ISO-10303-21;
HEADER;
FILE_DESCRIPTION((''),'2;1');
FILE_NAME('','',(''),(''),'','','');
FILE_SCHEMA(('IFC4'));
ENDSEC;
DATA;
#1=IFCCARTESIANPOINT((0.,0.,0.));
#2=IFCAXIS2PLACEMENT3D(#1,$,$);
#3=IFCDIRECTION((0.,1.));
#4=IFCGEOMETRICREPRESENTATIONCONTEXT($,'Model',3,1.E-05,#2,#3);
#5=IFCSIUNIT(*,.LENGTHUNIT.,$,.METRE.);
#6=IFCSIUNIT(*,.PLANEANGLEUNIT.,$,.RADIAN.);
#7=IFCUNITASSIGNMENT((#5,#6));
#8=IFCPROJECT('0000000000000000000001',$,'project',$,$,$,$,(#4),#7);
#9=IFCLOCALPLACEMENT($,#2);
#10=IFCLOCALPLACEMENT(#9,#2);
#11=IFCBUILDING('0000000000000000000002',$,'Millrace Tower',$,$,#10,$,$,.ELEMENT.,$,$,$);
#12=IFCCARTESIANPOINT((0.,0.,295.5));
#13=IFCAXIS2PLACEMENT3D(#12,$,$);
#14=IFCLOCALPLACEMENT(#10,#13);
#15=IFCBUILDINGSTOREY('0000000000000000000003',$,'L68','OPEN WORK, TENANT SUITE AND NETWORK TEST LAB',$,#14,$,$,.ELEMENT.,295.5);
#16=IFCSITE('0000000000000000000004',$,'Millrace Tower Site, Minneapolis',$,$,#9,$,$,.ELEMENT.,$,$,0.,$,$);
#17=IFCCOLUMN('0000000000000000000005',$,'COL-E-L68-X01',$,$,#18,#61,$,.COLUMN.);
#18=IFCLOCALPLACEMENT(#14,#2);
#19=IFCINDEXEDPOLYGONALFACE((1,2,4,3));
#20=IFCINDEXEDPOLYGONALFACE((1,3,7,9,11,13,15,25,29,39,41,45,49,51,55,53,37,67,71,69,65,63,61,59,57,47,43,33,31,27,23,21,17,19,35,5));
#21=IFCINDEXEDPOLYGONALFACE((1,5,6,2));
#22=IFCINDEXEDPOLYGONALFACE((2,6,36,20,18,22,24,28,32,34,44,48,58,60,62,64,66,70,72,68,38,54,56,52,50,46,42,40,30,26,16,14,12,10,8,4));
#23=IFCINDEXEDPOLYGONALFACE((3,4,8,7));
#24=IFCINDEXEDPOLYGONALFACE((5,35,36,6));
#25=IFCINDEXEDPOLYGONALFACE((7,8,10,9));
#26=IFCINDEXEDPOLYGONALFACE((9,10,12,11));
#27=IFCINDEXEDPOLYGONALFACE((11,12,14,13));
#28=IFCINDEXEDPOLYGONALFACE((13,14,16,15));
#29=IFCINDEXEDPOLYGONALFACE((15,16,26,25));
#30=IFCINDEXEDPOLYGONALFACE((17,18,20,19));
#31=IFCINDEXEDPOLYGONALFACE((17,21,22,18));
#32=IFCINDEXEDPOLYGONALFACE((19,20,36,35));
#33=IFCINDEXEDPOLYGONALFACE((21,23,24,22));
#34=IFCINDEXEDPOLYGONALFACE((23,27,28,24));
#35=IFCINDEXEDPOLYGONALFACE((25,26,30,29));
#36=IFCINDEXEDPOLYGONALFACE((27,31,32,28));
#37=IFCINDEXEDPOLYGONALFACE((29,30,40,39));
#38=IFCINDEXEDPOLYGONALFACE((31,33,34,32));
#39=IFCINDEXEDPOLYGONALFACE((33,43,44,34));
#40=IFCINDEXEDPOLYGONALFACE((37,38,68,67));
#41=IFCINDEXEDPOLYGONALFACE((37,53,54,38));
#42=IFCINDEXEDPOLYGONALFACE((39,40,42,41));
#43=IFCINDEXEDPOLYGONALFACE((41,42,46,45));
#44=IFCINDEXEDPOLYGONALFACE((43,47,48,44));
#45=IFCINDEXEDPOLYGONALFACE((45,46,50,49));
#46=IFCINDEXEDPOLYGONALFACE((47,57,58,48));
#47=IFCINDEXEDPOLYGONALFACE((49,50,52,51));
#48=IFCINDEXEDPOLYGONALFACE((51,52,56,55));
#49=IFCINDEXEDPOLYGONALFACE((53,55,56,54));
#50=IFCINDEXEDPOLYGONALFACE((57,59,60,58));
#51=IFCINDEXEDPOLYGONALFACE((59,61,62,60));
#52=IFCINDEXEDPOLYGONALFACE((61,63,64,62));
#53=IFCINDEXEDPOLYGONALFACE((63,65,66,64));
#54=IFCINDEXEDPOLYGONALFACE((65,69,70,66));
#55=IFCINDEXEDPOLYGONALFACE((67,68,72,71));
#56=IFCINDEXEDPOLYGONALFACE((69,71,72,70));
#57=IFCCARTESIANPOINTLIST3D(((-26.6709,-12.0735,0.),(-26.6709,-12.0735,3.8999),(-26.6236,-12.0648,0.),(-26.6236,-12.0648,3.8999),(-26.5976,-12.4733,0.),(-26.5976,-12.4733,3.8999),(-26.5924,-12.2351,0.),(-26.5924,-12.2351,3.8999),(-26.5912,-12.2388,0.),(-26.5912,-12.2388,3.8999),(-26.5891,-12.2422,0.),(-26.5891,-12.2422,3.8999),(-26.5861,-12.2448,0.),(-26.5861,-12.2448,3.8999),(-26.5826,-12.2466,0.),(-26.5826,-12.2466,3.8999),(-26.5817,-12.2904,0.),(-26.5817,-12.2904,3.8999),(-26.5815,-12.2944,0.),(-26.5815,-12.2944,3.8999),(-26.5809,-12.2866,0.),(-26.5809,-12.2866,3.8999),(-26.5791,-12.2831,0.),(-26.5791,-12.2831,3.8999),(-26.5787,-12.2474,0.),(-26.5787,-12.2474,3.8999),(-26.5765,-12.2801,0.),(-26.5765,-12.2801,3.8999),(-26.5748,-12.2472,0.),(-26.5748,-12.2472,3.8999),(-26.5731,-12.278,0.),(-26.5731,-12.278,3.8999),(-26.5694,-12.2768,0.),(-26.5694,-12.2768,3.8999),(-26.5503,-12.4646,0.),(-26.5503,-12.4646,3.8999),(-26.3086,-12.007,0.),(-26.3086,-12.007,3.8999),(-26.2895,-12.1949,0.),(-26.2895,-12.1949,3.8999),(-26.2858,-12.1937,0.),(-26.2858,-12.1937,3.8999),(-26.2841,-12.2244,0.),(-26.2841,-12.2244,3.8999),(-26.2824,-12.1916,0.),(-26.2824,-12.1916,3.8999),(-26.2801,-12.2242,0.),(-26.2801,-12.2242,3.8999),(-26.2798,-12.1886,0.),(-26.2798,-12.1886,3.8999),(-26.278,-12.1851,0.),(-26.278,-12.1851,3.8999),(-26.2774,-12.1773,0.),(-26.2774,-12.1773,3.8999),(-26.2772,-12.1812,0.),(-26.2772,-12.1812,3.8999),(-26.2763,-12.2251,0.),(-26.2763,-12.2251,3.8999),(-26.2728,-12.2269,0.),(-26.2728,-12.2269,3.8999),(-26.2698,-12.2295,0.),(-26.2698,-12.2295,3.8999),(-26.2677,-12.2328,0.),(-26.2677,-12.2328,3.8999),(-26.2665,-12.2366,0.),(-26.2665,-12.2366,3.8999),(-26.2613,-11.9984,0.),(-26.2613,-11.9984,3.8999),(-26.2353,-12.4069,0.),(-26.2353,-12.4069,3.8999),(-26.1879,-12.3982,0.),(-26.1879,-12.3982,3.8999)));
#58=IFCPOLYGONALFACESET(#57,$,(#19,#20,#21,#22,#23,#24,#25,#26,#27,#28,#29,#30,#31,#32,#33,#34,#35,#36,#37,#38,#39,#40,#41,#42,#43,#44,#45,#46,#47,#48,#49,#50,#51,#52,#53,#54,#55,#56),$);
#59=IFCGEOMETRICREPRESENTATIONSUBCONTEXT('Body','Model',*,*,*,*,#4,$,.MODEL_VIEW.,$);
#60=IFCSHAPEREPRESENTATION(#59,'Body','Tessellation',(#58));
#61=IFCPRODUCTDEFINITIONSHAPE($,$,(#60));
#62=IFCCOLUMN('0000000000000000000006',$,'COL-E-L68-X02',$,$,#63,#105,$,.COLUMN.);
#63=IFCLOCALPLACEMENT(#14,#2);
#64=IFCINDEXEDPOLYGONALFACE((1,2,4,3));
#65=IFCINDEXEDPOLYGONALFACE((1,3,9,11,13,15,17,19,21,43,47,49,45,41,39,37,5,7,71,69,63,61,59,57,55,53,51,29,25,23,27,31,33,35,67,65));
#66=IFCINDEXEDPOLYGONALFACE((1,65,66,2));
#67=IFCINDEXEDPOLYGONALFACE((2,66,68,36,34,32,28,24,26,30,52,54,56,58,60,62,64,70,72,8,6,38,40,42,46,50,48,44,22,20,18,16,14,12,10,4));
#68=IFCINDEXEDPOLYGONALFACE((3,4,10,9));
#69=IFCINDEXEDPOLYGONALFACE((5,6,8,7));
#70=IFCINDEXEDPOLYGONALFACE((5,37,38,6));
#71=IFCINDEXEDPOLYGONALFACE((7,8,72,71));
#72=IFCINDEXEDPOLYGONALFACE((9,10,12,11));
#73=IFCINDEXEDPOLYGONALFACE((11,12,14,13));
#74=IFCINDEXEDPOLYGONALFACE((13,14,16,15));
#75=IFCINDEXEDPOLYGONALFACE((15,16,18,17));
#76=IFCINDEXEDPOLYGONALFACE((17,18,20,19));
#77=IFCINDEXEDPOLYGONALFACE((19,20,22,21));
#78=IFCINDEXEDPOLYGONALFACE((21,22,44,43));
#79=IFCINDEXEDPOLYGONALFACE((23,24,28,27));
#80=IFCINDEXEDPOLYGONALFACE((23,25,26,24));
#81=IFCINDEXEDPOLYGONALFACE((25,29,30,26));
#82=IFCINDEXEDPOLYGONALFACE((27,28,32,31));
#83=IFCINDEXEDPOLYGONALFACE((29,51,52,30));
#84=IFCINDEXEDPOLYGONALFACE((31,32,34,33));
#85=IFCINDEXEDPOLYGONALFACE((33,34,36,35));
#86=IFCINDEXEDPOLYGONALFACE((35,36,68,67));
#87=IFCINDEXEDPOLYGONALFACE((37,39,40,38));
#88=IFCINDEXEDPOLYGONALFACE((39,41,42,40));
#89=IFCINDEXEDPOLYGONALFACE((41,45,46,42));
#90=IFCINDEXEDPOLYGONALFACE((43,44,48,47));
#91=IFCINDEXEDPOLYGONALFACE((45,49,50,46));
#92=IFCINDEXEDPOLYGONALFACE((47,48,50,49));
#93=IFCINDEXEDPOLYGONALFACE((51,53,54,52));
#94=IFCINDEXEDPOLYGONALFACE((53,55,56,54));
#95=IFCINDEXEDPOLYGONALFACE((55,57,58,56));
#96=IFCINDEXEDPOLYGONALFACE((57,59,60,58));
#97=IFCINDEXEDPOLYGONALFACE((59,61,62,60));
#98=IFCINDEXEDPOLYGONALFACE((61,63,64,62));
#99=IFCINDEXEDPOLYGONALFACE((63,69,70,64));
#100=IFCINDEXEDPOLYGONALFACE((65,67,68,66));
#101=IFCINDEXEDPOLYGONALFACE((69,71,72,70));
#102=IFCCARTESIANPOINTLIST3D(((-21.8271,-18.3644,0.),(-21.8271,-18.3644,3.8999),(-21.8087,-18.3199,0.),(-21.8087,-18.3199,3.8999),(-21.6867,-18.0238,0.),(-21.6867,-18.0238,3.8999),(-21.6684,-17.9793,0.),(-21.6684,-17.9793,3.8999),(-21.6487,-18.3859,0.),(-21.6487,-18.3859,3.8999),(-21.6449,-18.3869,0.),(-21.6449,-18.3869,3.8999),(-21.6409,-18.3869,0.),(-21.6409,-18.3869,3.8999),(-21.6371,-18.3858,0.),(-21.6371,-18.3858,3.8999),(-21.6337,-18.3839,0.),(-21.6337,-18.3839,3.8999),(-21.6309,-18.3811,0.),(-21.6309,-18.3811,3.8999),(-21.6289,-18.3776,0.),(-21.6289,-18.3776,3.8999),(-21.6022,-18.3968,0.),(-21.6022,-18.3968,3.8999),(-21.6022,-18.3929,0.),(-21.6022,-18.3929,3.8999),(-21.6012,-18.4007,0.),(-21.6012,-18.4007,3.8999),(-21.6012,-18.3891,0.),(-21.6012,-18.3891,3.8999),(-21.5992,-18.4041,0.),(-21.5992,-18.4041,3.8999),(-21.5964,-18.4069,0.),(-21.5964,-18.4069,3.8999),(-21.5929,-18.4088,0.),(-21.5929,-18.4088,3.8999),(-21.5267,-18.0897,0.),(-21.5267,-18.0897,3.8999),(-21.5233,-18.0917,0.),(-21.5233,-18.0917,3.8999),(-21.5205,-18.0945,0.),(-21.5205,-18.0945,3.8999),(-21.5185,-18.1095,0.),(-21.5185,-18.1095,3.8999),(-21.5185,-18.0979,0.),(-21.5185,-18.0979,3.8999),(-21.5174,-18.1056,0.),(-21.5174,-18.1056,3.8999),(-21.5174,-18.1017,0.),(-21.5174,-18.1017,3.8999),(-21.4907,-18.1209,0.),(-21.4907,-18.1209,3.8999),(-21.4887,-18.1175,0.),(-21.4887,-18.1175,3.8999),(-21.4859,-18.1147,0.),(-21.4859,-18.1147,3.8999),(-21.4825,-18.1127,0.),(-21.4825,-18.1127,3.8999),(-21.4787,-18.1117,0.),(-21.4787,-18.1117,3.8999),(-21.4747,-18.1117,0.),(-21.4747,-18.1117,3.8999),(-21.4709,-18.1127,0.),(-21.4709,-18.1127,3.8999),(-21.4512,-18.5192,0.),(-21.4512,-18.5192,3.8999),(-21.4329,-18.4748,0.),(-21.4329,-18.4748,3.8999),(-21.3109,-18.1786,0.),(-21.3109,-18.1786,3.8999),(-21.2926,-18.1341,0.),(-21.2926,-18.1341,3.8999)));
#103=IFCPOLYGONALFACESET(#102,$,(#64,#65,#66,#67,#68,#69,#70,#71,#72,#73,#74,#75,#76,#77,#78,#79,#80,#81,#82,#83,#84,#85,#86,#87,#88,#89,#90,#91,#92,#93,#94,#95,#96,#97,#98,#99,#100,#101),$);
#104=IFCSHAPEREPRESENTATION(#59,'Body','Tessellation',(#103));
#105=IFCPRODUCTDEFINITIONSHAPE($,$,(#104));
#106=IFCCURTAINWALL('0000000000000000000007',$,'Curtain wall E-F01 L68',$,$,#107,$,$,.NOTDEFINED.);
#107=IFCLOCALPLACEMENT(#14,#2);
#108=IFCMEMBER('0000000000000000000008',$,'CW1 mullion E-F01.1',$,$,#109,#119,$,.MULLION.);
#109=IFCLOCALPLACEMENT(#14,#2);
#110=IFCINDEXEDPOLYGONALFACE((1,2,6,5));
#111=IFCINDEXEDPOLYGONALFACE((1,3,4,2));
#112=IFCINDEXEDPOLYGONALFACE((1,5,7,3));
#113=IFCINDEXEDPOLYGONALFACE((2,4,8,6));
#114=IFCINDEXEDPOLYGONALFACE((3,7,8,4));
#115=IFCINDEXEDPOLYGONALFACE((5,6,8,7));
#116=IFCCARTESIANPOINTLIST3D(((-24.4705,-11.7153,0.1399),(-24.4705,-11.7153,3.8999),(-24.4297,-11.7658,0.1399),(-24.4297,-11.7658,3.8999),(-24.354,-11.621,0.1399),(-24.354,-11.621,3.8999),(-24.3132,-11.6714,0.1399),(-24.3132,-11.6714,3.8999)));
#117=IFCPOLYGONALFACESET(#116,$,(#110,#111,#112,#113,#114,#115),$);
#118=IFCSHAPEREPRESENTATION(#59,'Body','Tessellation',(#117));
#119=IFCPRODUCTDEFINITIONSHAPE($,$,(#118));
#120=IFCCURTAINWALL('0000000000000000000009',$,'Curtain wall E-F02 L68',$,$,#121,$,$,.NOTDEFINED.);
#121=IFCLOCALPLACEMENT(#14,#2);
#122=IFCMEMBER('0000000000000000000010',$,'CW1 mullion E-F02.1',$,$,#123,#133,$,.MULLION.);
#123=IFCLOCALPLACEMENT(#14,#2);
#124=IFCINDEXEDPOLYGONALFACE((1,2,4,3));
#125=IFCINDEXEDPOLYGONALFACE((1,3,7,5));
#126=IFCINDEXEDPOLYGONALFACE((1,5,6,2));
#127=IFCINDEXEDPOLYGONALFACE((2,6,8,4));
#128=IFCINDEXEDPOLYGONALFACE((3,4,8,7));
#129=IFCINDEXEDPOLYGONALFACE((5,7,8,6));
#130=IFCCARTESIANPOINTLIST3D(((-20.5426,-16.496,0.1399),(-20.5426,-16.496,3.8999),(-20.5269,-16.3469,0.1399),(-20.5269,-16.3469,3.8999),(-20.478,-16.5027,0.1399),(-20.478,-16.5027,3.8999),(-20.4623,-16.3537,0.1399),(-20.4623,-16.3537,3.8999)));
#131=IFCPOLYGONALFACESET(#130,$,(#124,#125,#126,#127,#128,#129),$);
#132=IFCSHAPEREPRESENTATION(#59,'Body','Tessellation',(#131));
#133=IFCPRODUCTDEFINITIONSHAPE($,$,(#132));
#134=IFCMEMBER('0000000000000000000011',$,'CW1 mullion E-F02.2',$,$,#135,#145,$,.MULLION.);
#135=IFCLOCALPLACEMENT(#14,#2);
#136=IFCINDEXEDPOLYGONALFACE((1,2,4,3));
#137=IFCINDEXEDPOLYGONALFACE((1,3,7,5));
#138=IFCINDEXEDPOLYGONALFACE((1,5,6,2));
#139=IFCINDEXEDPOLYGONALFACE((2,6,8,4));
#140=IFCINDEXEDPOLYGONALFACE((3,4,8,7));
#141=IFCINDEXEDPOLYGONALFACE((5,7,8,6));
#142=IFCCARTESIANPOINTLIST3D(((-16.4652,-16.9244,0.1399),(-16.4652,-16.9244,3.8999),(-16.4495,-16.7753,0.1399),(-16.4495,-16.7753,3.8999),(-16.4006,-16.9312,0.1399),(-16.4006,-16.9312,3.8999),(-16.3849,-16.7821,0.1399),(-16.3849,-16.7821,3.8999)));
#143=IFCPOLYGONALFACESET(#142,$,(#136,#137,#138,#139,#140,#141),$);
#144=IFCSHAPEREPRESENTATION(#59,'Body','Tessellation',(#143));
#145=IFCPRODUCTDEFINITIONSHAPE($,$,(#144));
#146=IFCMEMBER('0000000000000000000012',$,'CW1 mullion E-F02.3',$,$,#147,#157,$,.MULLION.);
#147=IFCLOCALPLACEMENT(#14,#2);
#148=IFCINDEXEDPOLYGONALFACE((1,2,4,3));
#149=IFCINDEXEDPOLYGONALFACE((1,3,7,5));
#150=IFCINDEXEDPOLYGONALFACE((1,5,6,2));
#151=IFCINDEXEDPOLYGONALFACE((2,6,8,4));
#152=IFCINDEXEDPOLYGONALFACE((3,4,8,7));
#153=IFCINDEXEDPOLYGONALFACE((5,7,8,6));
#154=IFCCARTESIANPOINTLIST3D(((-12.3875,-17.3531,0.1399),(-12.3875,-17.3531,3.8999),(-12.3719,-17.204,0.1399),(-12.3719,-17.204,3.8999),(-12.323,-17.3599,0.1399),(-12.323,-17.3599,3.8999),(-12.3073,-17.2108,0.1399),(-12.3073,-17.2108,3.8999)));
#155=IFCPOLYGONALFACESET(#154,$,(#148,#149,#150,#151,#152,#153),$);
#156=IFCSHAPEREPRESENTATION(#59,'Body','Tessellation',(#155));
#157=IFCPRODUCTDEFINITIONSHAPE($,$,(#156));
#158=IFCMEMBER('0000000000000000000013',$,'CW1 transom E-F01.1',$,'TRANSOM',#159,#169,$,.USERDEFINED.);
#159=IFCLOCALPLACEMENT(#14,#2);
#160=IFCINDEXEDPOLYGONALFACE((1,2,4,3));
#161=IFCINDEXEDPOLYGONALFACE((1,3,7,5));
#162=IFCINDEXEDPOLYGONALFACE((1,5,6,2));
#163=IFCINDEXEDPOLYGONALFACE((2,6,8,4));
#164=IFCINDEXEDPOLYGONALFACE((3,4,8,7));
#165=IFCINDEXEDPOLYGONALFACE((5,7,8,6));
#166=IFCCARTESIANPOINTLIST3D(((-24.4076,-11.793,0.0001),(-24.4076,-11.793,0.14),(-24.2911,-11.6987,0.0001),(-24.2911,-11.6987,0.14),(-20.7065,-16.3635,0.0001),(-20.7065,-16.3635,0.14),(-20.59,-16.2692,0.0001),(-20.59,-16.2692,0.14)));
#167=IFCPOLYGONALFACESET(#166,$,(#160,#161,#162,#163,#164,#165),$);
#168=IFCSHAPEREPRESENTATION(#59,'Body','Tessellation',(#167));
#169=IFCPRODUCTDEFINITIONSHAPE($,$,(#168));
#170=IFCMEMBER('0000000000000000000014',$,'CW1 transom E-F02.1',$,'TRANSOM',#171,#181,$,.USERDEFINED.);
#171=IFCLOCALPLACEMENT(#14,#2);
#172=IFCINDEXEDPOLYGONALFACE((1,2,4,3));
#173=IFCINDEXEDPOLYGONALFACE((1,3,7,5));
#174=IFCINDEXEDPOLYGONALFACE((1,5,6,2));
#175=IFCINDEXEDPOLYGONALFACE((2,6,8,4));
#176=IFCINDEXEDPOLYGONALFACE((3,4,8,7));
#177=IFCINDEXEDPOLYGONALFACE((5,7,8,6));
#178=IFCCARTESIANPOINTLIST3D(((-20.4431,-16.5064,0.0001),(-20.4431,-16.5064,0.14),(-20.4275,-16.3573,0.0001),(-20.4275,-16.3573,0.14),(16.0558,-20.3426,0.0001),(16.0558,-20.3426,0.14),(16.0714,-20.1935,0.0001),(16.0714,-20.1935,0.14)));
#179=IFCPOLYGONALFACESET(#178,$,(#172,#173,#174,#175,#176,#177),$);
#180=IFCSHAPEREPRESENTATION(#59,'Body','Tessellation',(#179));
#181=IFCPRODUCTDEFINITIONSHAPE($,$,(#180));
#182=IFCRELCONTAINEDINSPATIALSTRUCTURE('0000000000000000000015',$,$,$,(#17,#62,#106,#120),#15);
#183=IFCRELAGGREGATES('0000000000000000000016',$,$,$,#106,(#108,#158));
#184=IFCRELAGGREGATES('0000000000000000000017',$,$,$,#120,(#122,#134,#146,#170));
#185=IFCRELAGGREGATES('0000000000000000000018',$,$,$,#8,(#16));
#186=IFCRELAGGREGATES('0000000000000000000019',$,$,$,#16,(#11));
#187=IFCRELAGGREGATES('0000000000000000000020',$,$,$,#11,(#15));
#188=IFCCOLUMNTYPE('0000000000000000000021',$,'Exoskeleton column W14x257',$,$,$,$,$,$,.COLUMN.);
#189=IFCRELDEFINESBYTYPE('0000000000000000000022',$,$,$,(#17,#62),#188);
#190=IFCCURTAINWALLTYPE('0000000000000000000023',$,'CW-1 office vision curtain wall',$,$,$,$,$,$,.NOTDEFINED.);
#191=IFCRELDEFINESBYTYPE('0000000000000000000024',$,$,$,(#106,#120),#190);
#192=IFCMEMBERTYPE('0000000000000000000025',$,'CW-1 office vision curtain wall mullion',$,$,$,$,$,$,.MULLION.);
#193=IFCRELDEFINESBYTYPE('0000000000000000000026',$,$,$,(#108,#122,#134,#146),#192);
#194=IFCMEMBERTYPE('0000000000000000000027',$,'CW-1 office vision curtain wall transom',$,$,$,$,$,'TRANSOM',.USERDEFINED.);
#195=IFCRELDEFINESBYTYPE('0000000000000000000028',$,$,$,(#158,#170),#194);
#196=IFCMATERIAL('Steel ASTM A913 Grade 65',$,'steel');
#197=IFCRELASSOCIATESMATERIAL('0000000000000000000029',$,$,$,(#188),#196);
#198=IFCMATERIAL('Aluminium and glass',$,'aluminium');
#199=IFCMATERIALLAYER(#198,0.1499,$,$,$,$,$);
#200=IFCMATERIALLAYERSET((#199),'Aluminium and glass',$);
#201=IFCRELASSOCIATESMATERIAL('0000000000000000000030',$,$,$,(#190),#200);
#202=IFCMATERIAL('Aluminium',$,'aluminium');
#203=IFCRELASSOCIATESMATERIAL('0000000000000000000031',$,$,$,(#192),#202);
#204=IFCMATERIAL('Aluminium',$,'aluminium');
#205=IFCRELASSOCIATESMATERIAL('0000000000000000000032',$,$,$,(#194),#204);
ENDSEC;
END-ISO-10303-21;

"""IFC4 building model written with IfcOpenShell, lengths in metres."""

from ifc_helpers import new_model, si_unit, direction, frame, origin, origin_2d, place, context, subcontext, project, spatial, rectangle, i_section, extrude, material, layer, layer_set, material_profile, profile_set, type_object, element, aggregate, save


model = new_model("IFC4")

# Units and contexts
model_context = context("Model", 3, precision=1e-05, world=origin(), true_north=direction((0.0, 1.0)))
body_context = subcontext(model_context, "Body", "Model", "MODEL_VIEW")
ifc_project = project(units=[si_unit("LENGTHUNIT", "METRE"), si_unit("PLANEANGLEUNIT", "RADIAN")], contexts=[model_context])

# Site, building, storey
site_placement = place(None, origin())
site = spatial("IfcSite", under=ifc_project, at=site_placement, Name="Millrace Tower Site, Minneapolis", CompositionType="ELEMENT", RefElevation=0.0)
building_placement = place(site_placement, origin())
building = spatial("IfcBuilding", under=site, at=building_placement, Name="Millrace Tower", CompositionType="ELEMENT")
storey_placement = place(building_placement, frame((0.0, 0.0, 295.5)))
storey = spatial("IfcBuildingStorey", under=building, at=storey_placement, Name="L68", Description="OPEN WORK, TENANT SUITE AND NETWORK TEST LAB", CompositionType="ELEMENT", Elevation=295.5)

# Columns
ifc_material_1 = material(Name="Steel ASTM A913 Grade 65", Category="steel")
ifc_material_profile_1 = material_profile(ifc_material_1, i_section(OverallWidth=0.4065, OverallDepth=0.4165, WebThickness=0.03, FlangeThickness=0.0481, FilletRadius=0.0151, at=origin_2d()))
ifc_profile_set_1 = profile_set([ifc_material_profile_1], Name="Steel ASTM A913 Grade 65")
column_type = type_object("IfcColumnType", Name="Exoskeleton column W14x257", PredefinedType="COLUMN", material=ifc_profile_set_1)
for number, where, z_axis, x_axis, name in (
    (1, (-26.4294, -12.2358, 0.0), (0.0, 0.0, 1.0), (0.180387, -0.983596, 0.0), "COL-E-L68-X01"),
    (2, (-21.5598, -18.2493, 0.0), (0.0, 0.0, 1.0), (0.924597, -0.380947, 0.0), "COL-E-L68-X02"),
):
    element("IfcColumn", number, at=place(storey_placement, frame(where, z_axis=z_axis, x_axis=x_axis)), inside=storey, type_object=column_type, Name=name, PredefinedType="COLUMN", context=body_context, shape_type="SweptSolid", body=[
        extrude(i_section(OverallWidth=0.4065, OverallDepth=0.4165, WebThickness=0.03, FlangeThickness=0.0481, FilletRadius=0.0151, at=origin_2d()), origin(), (0.0, 0.0, 1.0), 3.8999),
    ])

# Curtain wall, member
ifc_material_2 = material(Name="Aluminium and glass", Category="aluminium")
ifc_layer_1 = layer(ifc_material_2, 0.1499)
ifc_layer_set_1 = layer_set([ifc_layer_1], Name="Aluminium and glass")
curtain_wall_type = type_object("IfcCurtainWallType", Name="CW-1 office vision curtain wall", PredefinedType="NOTDEFINED", material=ifc_layer_set_1)
placement = place(storey_placement, origin())
curtain_wall_1 = element("IfcCurtainWall", 3, at=placement, inside=storey, type_object=curtain_wall_type, Name="Curtain wall E-F01 L68", PredefinedType="NOTDEFINED")
ifc_material_3 = material(Name="Aluminium", Category="aluminium")
ifc_material_profile_2 = material_profile(ifc_material_3, rectangle(XDim=0.0649, YDim=0.1499, at=origin_2d()))
ifc_profile_set_2 = profile_set([ifc_material_profile_2], Name="Aluminium")
member_type_1 = type_object("IfcMemberType", Name="CW-1 office vision curtain wall mullion", PredefinedType="MULLION", material=ifc_profile_set_2)
member_1_placement = place(storey_placement, frame((-24.3918, -11.6934, 0.1399), z_axis=(0.0, 0.0, 1.0), x_axis=(0.62932, -0.777146, 0.0)))
member_1 = element("IfcMember", 4, at=member_1_placement, type_object=member_type_1, Name="CW1 mullion E-F01.1", PredefinedType="MULLION", context=body_context, shape_type="SweptSolid", body=[
    extrude(rectangle(XDim=0.0649, YDim=0.1499, at=origin_2d()), origin(), (0.0, 0.0, 1.0), 3.76),
])

# Curtain wall, members
curtain_wall_2 = element("IfcCurtainWall", 5, at=placement, inside=storey, type_object=curtain_wall_type, Name="Curtain wall E-F02 L68", PredefinedType="NOTDEFINED")
member_2_placement = place(storey_placement, frame((-20.5024, -16.4248, 0.1399), z_axis=(0.0, 0.0, 1.0), x_axis=(0.994522, -0.104528, 0.0)))
member_2 = element("IfcMember", 6, at=member_2_placement, type_object=member_type_1, Name="CW1 mullion E-F02.1", PredefinedType="MULLION", context=body_context, shape_type="SweptSolid", body=[
    extrude(rectangle(XDim=0.0649, YDim=0.1499, at=origin_2d()), origin(), (0.0, 0.0, 1.0), 3.76),
])
member_3_placement = place(storey_placement, frame((-16.425, -16.8533, 0.1399), z_axis=(0.0, 0.0, 1.0), x_axis=(0.994522, -0.104528, 0.0)))
member_3 = element("IfcMember", 7, at=member_3_placement, type_object=member_type_1, Name="CW1 mullion E-F02.2", PredefinedType="MULLION", context=body_context, shape_type="SweptSolid", body=[
    extrude(rectangle(XDim=0.0649, YDim=0.1499, at=origin_2d()), origin(), (0.0, 0.0, 1.0), 3.76),
])
member_4_placement = place(storey_placement, frame((-12.3474, -17.282, 0.1399), z_axis=(0.0, 0.0, 1.0), x_axis=(0.994522, -0.104528, 0.0)))
member_4 = element("IfcMember", 8, at=member_4_placement, type_object=member_type_1, Name="CW1 mullion E-F02.3", PredefinedType="MULLION", context=body_context, shape_type="SweptSolid", body=[
    extrude(rectangle(XDim=0.0649, YDim=0.1499, at=origin_2d()), origin(), (0.0, 0.0, 1.0), 3.76),
])

# Members
ifc_material_4 = material(Name="Aluminium", Category="aluminium")
ifc_material_profile_3 = material_profile(ifc_material_4, rectangle(XDim=0.1499, YDim=0.1399, at=origin_2d()))
ifc_profile_set_3 = profile_set([ifc_material_profile_3], Name="Aluminium")
member_type_2 = type_object("IfcMemberType", Name="CW-1 office vision curtain wall transom", ElementType="TRANSOM", PredefinedType="USERDEFINED", material=ifc_profile_set_3)
member_5_placement = place(storey_placement, frame((-24.3494, -11.7458, 0.0701), z_axis=(0.629321, -0.777145, 0.0), x_axis=(0.777145, 0.629321, 0.0)))
member_5 = element("IfcMember", 9, at=member_5_placement, type_object=member_type_2, Name="CW1 transom E-F01.1", ObjectType="TRANSOM", PredefinedType="USERDEFINED", context=body_context, shape_type="SweptSolid", body=[
    extrude(rectangle(XDim=0.1499, YDim=0.1399, at=origin_2d()), origin(), (0.0, 0.0, 1.0), 5.8811),
])
aggregate(curtain_wall_1, [member_1, member_5])
member_6_placement = place(storey_placement, frame((-20.4353, -16.4319, 0.0701), z_axis=(0.994522, -0.104528, 0.0), x_axis=(0.104528, 0.994522, 0.0)))
member_6 = element("IfcMember", 10, at=member_6_placement, type_object=member_type_2, Name="CW1 transom E-F02.1", ObjectType="TRANSOM", PredefinedType="USERDEFINED", context=body_context, shape_type="SweptSolid", body=[
    extrude(rectangle(XDim=0.1499, YDim=0.1399, at=origin_2d()), origin(), (0.0, 0.0, 1.0), 36.7),
])
aggregate(curtain_wall_2, [member_2, member_3, member_4, member_6])

save(model, "model.ifc")
